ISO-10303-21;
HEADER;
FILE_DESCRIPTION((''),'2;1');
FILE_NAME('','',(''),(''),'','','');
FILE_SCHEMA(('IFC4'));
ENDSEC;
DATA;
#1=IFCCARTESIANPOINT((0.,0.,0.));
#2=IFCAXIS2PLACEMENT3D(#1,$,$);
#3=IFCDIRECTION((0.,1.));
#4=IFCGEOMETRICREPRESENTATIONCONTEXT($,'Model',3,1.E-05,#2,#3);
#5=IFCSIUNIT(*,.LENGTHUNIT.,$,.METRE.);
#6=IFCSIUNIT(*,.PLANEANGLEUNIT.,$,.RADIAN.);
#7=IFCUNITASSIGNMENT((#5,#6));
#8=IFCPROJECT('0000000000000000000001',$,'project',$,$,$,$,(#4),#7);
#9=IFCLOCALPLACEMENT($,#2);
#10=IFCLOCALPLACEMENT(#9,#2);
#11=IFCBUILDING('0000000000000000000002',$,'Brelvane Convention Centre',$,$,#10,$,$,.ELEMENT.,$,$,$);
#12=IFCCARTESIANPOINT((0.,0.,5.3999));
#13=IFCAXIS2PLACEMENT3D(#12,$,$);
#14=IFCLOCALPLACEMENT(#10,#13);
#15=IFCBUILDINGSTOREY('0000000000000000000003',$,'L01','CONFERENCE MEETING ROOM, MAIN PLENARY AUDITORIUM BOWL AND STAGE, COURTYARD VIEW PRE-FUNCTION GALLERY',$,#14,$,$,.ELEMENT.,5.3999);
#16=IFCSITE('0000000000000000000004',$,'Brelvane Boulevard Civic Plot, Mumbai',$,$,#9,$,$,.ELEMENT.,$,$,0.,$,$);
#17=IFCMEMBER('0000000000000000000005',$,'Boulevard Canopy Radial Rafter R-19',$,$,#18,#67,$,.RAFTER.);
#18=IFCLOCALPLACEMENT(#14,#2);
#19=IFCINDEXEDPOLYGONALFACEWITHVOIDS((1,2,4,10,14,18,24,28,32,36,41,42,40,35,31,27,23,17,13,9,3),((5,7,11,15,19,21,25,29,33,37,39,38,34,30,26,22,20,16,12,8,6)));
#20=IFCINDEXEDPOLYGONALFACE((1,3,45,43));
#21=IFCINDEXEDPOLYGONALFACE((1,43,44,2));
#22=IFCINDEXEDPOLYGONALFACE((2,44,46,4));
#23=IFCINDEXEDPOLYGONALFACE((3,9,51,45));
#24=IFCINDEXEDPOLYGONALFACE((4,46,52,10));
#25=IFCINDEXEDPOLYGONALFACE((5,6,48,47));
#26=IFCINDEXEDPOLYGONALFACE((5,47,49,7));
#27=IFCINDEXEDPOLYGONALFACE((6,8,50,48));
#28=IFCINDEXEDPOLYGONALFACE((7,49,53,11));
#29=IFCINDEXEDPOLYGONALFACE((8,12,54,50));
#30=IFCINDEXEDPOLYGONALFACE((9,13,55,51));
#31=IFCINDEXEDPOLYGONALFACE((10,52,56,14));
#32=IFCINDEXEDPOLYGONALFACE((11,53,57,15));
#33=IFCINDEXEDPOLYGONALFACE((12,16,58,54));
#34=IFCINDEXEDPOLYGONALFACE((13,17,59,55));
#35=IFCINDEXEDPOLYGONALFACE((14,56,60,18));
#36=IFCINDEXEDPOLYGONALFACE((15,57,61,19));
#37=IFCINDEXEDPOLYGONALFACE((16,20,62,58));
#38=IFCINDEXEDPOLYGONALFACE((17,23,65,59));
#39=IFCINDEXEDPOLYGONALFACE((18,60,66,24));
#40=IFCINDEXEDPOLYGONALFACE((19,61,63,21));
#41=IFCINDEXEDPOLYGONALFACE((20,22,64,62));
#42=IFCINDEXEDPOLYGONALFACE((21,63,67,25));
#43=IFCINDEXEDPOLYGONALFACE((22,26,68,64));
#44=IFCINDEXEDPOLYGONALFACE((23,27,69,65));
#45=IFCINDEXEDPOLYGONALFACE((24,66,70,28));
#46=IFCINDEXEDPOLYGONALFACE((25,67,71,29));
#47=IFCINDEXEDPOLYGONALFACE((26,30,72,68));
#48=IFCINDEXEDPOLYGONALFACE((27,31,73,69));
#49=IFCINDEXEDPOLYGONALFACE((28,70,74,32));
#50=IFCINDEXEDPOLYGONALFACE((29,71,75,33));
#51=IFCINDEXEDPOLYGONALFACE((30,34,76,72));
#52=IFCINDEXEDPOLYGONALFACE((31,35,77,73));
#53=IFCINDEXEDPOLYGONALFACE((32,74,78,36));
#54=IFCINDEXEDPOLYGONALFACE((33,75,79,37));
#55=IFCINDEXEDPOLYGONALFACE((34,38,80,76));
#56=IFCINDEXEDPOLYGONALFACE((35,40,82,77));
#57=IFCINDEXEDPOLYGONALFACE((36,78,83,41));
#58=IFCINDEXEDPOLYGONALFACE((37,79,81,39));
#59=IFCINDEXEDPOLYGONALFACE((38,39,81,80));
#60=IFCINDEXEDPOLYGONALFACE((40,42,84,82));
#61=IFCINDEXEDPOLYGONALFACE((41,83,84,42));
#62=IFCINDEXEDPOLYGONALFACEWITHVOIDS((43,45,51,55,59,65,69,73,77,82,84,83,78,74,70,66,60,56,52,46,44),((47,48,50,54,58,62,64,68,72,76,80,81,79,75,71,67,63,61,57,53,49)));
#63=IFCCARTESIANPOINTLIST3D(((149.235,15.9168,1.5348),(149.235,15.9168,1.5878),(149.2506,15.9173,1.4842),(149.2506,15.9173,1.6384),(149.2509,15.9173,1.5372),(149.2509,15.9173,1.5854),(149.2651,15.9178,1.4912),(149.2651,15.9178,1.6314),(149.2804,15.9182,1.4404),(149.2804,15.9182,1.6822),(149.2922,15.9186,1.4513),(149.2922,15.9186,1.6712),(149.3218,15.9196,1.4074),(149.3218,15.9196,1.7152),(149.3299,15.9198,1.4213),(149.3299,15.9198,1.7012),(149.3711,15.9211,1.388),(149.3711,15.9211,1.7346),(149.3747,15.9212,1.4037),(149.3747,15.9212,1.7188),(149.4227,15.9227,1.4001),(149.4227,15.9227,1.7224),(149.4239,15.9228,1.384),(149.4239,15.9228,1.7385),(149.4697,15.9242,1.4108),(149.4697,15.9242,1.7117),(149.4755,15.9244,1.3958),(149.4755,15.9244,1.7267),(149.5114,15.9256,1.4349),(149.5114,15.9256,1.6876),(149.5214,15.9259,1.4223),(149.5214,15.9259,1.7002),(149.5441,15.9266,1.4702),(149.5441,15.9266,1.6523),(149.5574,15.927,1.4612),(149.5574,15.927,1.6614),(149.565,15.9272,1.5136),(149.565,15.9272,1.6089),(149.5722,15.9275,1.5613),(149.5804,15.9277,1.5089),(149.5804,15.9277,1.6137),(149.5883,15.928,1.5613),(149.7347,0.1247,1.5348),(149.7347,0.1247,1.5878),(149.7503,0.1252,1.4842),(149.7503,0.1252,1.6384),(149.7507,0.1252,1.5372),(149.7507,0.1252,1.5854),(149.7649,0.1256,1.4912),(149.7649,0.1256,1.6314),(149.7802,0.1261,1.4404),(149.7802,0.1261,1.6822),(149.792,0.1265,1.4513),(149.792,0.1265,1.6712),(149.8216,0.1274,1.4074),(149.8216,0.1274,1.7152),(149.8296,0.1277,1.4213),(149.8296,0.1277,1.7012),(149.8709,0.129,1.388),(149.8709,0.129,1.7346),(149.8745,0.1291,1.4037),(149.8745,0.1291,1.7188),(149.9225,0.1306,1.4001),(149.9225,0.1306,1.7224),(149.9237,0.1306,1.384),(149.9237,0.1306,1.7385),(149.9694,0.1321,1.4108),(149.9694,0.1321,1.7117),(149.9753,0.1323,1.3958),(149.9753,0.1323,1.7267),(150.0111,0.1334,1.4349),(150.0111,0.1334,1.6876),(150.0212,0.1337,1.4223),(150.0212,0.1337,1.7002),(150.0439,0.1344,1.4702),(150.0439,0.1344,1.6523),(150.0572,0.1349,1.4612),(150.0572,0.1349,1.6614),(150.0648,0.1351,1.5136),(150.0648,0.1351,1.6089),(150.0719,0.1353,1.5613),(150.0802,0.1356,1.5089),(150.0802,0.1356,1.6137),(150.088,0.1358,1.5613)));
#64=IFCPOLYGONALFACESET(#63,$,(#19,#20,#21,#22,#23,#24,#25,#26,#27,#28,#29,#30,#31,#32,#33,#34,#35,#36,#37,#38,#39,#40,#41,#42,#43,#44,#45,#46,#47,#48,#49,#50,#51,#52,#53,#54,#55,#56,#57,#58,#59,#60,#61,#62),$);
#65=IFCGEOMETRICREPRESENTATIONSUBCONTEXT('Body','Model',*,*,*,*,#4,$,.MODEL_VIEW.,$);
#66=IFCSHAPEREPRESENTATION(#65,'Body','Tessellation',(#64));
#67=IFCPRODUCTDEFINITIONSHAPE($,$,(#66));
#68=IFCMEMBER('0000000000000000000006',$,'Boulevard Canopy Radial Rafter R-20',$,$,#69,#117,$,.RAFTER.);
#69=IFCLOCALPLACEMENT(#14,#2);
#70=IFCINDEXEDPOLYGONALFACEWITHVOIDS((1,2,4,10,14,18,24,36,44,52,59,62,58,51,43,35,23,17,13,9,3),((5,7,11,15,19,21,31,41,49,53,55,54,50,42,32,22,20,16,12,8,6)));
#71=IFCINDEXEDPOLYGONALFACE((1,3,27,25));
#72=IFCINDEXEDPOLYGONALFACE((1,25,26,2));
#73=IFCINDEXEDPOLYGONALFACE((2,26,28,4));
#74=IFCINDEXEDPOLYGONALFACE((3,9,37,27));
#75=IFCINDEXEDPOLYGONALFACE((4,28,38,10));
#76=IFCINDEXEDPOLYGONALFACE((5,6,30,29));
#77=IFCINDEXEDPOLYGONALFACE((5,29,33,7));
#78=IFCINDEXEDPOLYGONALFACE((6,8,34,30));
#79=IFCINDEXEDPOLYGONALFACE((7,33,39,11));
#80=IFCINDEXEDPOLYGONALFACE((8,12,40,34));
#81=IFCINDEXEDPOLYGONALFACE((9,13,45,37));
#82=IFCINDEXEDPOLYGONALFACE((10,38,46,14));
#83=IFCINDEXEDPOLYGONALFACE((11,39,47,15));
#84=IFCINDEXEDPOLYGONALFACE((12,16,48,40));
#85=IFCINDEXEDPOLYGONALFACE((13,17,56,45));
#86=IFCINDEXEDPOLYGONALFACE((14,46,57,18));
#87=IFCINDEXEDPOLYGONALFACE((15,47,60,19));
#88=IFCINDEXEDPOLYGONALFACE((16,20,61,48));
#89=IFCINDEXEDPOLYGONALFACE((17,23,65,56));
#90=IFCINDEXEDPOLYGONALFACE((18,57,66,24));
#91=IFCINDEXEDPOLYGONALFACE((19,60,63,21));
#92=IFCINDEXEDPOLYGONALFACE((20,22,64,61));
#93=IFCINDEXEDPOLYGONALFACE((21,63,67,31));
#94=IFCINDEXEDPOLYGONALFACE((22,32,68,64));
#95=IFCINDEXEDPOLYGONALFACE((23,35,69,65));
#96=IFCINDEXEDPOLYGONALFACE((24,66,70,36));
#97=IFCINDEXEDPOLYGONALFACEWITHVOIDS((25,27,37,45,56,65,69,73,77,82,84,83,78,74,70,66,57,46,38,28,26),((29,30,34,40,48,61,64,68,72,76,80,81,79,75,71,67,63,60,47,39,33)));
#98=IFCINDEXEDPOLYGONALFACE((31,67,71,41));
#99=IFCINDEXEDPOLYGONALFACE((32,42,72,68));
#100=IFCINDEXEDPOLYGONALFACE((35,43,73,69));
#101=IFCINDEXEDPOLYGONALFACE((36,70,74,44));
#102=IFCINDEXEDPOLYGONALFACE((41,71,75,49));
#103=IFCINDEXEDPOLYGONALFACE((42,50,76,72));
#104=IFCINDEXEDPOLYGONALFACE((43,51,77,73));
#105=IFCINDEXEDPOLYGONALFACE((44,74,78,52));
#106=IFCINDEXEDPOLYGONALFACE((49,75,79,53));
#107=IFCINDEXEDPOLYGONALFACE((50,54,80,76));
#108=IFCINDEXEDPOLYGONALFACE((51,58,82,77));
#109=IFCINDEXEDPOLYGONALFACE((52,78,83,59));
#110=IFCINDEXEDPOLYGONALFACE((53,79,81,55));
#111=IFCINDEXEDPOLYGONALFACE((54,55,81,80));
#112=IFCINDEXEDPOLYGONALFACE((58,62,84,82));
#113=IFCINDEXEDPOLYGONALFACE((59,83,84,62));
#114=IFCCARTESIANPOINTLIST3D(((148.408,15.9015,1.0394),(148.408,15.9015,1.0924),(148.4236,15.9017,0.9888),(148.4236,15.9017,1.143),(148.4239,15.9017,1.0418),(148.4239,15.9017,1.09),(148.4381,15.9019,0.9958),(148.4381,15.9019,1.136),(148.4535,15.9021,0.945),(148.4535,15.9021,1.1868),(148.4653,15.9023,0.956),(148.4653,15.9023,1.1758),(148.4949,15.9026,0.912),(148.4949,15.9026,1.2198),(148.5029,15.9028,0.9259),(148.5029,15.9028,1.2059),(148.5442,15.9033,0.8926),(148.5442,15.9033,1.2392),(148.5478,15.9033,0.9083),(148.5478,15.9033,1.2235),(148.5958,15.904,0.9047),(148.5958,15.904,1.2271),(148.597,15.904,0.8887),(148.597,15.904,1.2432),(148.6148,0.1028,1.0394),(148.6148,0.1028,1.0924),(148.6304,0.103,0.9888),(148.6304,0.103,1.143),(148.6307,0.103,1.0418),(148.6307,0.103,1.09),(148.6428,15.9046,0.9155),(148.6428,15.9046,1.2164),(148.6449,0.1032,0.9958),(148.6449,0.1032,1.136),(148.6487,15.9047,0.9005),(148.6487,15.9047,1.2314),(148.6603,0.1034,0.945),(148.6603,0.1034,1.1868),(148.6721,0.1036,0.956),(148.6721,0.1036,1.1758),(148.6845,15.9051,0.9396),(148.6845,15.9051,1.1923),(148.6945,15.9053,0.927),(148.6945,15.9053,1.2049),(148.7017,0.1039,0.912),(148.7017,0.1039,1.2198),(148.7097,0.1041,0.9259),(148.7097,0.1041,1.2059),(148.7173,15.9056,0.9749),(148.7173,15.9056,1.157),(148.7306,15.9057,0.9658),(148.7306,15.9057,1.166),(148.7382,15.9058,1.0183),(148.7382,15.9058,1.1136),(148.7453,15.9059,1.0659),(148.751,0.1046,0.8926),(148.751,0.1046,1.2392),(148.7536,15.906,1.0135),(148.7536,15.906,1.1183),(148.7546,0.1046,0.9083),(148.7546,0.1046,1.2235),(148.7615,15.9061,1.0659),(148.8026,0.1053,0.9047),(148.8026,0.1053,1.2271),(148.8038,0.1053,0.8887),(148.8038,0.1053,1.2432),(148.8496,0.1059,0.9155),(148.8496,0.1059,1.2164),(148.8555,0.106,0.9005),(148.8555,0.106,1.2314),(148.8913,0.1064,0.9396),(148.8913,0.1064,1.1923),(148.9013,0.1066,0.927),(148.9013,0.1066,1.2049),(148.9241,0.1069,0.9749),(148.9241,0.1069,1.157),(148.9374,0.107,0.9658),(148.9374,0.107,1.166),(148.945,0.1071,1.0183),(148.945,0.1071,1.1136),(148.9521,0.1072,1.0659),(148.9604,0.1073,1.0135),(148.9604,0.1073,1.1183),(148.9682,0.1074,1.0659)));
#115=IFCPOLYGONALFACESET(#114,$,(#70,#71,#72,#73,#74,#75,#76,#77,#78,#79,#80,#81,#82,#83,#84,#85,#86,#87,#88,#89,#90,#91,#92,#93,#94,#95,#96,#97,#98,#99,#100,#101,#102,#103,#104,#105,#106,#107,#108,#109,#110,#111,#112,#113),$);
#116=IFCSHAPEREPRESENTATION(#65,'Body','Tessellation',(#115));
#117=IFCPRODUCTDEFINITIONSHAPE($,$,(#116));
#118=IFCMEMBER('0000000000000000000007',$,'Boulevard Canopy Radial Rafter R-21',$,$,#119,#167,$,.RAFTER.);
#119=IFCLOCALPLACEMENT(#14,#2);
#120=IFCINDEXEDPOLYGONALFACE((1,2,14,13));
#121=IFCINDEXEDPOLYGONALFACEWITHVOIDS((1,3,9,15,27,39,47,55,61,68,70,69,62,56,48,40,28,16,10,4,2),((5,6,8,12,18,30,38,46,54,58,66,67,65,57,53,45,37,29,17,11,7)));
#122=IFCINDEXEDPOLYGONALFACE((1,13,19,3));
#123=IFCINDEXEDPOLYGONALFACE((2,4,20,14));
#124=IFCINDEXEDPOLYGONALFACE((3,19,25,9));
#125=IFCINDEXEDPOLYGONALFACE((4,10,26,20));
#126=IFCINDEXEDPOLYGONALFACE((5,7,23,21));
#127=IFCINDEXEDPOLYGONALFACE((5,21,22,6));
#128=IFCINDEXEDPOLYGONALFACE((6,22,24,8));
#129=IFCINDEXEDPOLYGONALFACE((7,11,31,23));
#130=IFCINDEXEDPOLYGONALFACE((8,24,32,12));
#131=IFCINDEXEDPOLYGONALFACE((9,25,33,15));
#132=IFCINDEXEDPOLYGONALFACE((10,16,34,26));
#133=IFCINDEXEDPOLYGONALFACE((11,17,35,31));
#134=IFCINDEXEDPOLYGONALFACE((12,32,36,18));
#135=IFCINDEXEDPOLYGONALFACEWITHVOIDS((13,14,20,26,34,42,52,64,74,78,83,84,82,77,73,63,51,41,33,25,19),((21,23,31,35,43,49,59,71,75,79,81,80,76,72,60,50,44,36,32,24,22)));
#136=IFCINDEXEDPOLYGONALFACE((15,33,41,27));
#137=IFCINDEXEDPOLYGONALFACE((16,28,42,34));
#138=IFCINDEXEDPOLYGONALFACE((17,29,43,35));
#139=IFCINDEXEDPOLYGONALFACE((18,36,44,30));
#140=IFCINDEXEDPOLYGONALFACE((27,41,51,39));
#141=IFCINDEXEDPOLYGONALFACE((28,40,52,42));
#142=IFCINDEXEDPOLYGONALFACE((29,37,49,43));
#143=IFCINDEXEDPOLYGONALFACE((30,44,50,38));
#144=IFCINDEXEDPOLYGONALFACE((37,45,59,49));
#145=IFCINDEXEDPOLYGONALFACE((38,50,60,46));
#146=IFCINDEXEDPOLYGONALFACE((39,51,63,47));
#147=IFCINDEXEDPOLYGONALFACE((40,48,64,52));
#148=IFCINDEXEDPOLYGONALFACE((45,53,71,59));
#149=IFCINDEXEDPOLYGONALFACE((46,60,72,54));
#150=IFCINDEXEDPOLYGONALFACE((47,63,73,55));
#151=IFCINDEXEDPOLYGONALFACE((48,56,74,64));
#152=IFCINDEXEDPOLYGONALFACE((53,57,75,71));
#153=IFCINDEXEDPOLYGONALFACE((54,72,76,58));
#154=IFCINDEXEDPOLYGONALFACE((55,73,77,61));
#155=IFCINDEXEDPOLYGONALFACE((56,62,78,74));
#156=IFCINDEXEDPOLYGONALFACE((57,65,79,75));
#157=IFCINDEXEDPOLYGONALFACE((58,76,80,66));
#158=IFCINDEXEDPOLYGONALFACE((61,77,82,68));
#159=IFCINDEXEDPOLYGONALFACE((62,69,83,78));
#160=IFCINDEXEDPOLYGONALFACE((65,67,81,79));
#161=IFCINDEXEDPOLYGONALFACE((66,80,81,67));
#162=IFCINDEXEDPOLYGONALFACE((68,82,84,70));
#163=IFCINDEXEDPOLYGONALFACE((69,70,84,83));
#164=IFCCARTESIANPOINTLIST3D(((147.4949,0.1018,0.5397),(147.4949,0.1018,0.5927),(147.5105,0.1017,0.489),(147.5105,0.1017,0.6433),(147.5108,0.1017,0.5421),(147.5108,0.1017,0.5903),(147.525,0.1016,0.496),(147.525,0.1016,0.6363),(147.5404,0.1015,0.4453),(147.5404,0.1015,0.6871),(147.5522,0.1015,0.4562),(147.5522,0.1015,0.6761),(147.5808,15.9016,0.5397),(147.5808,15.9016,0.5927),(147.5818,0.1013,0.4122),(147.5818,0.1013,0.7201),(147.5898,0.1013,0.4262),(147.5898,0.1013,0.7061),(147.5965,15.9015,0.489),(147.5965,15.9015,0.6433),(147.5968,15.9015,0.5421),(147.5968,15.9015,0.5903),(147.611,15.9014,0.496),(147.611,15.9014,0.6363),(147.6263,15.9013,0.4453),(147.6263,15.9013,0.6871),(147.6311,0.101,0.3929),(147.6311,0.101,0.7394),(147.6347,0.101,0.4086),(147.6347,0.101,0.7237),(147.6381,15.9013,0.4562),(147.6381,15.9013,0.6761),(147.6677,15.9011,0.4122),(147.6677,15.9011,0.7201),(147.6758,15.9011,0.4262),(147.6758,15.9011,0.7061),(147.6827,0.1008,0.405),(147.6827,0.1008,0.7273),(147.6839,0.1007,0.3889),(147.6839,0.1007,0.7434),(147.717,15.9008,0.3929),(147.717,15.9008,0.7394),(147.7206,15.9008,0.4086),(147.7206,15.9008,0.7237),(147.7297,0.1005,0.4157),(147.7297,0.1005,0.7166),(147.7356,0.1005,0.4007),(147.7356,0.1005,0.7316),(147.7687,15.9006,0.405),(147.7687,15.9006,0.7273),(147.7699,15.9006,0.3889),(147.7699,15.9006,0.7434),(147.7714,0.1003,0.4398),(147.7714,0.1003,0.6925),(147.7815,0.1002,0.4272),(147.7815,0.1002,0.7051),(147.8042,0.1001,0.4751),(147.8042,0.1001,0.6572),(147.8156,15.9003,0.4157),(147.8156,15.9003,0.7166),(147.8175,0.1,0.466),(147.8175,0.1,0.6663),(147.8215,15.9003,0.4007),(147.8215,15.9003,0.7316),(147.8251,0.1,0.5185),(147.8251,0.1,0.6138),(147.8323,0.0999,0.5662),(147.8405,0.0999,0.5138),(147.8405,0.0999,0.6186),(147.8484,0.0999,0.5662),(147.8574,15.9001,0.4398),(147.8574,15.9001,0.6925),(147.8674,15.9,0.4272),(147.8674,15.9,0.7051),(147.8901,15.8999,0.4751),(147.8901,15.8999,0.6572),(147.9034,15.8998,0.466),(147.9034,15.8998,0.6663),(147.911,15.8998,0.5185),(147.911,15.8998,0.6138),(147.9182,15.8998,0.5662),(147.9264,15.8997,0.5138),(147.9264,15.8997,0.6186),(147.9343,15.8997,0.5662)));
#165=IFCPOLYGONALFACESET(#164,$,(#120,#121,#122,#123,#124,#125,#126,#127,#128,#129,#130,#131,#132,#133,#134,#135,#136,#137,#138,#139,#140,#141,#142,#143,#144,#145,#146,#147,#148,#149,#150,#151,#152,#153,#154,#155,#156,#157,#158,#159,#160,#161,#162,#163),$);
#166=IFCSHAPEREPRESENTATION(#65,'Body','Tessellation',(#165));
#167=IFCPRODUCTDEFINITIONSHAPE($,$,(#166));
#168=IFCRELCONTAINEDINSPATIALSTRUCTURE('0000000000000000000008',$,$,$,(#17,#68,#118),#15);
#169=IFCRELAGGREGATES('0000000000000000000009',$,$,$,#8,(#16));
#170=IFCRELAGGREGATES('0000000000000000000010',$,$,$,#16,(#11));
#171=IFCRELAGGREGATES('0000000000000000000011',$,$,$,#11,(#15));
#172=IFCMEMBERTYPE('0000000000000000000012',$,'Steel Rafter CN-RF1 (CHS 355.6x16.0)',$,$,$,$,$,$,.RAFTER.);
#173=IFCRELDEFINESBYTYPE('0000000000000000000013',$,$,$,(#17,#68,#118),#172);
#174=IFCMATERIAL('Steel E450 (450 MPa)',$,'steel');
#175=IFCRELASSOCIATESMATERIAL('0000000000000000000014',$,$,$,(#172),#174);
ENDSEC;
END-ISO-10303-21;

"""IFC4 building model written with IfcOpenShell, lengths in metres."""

from ifc_helpers import new_model, si_unit, direction, frame, origin, origin_2d, place, context, subcontext, project, spatial, hollow_circle, extrude, material, material_profile, profile_set, type_object, element, save


model = new_model("IFC4")

# Units and contexts
model_context = context("Model", 3, precision=1e-05, world=origin(), true_north=direction((0.0, 1.0)))
body_context = subcontext(model_context, "Body", "Model", "MODEL_VIEW")
ifc_project = project(units=[si_unit("LENGTHUNIT", "METRE"), si_unit("PLANEANGLEUNIT", "RADIAN")], contexts=[model_context])

# Site, building, storey
site_placement = place(None, origin())
site = spatial("IfcSite", under=ifc_project, at=site_placement, Name="Brelvane Boulevard Civic Plot, Mumbai", CompositionType="ELEMENT", RefElevation=0.0)
building_placement = place(site_placement, origin())
building = spatial("IfcBuilding", under=site, at=building_placement, Name="Brelvane Convention Centre", CompositionType="ELEMENT")
storey_placement = place(building_placement, frame((0.0, 0.0, 5.3999)))
storey = spatial("IfcBuildingStorey", under=building, at=storey_placement, Name="L01", Description="CONFERENCE MEETING ROOM, MAIN PLENARY AUDITORIUM BOWL AND STAGE, COURTYARD VIEW PRE-FUNCTION GALLERY", CompositionType="ELEMENT", Elevation=5.3999)

# Members
ifc_material_1 = material(Name="Steel E450 (450 MPa)", Category="steel")
ifc_material_profile_1 = material_profile(ifc_material_1, hollow_circle(Radius=0.1777, WallThickness=0.0161, at=origin_2d()), Name="CHS 355.6x16.0")
ifc_profile_set_1 = profile_set([ifc_material_profile_1], Name="Steel E450 (450 MPa)")
member_type_1 = type_object("IfcMemberType", Name="Steel Rafter CN-RF1 (CHS 355.6x16.0)", PredefinedType="RAFTER", material=ifc_profile_set_1)
for number, where, z_axis, x_axis, name in (
    (1, (149.4106, 15.9224, 1.5613), (0.03163, -0.9995, 0.0), (0.9995, 0.03163, 0.0), "Boulevard Canopy Radial Rafter R-19"),
    (2, (148.5837, 15.9038, 1.0659), (0.013088, -0.999914, 0.0), (0.999914, 0.013088, 0.0), "Boulevard Canopy Radial Rafter R-20"),
    (3, (147.7566, 15.9006, 0.5662), (-0.005439, -0.999985, 0.0), (0.999985, -0.005439, 0.0), "Boulevard Canopy Radial Rafter R-21"),
):
    element("IfcMember", number, at=place(storey_placement, frame(where, z_axis=z_axis, x_axis=x_axis)), inside=storey, type_object=member_type_1, Name=name, PredefinedType="RAFTER", context=body_context, shape_type="SweptSolid", body=[
        extrude(hollow_circle(Radius=0.1777, WallThickness=0.0161, at=origin_2d()), origin(), (0.0, 0.0, 1.0), 15.8),
    ])

save(model, "model.ifc")
